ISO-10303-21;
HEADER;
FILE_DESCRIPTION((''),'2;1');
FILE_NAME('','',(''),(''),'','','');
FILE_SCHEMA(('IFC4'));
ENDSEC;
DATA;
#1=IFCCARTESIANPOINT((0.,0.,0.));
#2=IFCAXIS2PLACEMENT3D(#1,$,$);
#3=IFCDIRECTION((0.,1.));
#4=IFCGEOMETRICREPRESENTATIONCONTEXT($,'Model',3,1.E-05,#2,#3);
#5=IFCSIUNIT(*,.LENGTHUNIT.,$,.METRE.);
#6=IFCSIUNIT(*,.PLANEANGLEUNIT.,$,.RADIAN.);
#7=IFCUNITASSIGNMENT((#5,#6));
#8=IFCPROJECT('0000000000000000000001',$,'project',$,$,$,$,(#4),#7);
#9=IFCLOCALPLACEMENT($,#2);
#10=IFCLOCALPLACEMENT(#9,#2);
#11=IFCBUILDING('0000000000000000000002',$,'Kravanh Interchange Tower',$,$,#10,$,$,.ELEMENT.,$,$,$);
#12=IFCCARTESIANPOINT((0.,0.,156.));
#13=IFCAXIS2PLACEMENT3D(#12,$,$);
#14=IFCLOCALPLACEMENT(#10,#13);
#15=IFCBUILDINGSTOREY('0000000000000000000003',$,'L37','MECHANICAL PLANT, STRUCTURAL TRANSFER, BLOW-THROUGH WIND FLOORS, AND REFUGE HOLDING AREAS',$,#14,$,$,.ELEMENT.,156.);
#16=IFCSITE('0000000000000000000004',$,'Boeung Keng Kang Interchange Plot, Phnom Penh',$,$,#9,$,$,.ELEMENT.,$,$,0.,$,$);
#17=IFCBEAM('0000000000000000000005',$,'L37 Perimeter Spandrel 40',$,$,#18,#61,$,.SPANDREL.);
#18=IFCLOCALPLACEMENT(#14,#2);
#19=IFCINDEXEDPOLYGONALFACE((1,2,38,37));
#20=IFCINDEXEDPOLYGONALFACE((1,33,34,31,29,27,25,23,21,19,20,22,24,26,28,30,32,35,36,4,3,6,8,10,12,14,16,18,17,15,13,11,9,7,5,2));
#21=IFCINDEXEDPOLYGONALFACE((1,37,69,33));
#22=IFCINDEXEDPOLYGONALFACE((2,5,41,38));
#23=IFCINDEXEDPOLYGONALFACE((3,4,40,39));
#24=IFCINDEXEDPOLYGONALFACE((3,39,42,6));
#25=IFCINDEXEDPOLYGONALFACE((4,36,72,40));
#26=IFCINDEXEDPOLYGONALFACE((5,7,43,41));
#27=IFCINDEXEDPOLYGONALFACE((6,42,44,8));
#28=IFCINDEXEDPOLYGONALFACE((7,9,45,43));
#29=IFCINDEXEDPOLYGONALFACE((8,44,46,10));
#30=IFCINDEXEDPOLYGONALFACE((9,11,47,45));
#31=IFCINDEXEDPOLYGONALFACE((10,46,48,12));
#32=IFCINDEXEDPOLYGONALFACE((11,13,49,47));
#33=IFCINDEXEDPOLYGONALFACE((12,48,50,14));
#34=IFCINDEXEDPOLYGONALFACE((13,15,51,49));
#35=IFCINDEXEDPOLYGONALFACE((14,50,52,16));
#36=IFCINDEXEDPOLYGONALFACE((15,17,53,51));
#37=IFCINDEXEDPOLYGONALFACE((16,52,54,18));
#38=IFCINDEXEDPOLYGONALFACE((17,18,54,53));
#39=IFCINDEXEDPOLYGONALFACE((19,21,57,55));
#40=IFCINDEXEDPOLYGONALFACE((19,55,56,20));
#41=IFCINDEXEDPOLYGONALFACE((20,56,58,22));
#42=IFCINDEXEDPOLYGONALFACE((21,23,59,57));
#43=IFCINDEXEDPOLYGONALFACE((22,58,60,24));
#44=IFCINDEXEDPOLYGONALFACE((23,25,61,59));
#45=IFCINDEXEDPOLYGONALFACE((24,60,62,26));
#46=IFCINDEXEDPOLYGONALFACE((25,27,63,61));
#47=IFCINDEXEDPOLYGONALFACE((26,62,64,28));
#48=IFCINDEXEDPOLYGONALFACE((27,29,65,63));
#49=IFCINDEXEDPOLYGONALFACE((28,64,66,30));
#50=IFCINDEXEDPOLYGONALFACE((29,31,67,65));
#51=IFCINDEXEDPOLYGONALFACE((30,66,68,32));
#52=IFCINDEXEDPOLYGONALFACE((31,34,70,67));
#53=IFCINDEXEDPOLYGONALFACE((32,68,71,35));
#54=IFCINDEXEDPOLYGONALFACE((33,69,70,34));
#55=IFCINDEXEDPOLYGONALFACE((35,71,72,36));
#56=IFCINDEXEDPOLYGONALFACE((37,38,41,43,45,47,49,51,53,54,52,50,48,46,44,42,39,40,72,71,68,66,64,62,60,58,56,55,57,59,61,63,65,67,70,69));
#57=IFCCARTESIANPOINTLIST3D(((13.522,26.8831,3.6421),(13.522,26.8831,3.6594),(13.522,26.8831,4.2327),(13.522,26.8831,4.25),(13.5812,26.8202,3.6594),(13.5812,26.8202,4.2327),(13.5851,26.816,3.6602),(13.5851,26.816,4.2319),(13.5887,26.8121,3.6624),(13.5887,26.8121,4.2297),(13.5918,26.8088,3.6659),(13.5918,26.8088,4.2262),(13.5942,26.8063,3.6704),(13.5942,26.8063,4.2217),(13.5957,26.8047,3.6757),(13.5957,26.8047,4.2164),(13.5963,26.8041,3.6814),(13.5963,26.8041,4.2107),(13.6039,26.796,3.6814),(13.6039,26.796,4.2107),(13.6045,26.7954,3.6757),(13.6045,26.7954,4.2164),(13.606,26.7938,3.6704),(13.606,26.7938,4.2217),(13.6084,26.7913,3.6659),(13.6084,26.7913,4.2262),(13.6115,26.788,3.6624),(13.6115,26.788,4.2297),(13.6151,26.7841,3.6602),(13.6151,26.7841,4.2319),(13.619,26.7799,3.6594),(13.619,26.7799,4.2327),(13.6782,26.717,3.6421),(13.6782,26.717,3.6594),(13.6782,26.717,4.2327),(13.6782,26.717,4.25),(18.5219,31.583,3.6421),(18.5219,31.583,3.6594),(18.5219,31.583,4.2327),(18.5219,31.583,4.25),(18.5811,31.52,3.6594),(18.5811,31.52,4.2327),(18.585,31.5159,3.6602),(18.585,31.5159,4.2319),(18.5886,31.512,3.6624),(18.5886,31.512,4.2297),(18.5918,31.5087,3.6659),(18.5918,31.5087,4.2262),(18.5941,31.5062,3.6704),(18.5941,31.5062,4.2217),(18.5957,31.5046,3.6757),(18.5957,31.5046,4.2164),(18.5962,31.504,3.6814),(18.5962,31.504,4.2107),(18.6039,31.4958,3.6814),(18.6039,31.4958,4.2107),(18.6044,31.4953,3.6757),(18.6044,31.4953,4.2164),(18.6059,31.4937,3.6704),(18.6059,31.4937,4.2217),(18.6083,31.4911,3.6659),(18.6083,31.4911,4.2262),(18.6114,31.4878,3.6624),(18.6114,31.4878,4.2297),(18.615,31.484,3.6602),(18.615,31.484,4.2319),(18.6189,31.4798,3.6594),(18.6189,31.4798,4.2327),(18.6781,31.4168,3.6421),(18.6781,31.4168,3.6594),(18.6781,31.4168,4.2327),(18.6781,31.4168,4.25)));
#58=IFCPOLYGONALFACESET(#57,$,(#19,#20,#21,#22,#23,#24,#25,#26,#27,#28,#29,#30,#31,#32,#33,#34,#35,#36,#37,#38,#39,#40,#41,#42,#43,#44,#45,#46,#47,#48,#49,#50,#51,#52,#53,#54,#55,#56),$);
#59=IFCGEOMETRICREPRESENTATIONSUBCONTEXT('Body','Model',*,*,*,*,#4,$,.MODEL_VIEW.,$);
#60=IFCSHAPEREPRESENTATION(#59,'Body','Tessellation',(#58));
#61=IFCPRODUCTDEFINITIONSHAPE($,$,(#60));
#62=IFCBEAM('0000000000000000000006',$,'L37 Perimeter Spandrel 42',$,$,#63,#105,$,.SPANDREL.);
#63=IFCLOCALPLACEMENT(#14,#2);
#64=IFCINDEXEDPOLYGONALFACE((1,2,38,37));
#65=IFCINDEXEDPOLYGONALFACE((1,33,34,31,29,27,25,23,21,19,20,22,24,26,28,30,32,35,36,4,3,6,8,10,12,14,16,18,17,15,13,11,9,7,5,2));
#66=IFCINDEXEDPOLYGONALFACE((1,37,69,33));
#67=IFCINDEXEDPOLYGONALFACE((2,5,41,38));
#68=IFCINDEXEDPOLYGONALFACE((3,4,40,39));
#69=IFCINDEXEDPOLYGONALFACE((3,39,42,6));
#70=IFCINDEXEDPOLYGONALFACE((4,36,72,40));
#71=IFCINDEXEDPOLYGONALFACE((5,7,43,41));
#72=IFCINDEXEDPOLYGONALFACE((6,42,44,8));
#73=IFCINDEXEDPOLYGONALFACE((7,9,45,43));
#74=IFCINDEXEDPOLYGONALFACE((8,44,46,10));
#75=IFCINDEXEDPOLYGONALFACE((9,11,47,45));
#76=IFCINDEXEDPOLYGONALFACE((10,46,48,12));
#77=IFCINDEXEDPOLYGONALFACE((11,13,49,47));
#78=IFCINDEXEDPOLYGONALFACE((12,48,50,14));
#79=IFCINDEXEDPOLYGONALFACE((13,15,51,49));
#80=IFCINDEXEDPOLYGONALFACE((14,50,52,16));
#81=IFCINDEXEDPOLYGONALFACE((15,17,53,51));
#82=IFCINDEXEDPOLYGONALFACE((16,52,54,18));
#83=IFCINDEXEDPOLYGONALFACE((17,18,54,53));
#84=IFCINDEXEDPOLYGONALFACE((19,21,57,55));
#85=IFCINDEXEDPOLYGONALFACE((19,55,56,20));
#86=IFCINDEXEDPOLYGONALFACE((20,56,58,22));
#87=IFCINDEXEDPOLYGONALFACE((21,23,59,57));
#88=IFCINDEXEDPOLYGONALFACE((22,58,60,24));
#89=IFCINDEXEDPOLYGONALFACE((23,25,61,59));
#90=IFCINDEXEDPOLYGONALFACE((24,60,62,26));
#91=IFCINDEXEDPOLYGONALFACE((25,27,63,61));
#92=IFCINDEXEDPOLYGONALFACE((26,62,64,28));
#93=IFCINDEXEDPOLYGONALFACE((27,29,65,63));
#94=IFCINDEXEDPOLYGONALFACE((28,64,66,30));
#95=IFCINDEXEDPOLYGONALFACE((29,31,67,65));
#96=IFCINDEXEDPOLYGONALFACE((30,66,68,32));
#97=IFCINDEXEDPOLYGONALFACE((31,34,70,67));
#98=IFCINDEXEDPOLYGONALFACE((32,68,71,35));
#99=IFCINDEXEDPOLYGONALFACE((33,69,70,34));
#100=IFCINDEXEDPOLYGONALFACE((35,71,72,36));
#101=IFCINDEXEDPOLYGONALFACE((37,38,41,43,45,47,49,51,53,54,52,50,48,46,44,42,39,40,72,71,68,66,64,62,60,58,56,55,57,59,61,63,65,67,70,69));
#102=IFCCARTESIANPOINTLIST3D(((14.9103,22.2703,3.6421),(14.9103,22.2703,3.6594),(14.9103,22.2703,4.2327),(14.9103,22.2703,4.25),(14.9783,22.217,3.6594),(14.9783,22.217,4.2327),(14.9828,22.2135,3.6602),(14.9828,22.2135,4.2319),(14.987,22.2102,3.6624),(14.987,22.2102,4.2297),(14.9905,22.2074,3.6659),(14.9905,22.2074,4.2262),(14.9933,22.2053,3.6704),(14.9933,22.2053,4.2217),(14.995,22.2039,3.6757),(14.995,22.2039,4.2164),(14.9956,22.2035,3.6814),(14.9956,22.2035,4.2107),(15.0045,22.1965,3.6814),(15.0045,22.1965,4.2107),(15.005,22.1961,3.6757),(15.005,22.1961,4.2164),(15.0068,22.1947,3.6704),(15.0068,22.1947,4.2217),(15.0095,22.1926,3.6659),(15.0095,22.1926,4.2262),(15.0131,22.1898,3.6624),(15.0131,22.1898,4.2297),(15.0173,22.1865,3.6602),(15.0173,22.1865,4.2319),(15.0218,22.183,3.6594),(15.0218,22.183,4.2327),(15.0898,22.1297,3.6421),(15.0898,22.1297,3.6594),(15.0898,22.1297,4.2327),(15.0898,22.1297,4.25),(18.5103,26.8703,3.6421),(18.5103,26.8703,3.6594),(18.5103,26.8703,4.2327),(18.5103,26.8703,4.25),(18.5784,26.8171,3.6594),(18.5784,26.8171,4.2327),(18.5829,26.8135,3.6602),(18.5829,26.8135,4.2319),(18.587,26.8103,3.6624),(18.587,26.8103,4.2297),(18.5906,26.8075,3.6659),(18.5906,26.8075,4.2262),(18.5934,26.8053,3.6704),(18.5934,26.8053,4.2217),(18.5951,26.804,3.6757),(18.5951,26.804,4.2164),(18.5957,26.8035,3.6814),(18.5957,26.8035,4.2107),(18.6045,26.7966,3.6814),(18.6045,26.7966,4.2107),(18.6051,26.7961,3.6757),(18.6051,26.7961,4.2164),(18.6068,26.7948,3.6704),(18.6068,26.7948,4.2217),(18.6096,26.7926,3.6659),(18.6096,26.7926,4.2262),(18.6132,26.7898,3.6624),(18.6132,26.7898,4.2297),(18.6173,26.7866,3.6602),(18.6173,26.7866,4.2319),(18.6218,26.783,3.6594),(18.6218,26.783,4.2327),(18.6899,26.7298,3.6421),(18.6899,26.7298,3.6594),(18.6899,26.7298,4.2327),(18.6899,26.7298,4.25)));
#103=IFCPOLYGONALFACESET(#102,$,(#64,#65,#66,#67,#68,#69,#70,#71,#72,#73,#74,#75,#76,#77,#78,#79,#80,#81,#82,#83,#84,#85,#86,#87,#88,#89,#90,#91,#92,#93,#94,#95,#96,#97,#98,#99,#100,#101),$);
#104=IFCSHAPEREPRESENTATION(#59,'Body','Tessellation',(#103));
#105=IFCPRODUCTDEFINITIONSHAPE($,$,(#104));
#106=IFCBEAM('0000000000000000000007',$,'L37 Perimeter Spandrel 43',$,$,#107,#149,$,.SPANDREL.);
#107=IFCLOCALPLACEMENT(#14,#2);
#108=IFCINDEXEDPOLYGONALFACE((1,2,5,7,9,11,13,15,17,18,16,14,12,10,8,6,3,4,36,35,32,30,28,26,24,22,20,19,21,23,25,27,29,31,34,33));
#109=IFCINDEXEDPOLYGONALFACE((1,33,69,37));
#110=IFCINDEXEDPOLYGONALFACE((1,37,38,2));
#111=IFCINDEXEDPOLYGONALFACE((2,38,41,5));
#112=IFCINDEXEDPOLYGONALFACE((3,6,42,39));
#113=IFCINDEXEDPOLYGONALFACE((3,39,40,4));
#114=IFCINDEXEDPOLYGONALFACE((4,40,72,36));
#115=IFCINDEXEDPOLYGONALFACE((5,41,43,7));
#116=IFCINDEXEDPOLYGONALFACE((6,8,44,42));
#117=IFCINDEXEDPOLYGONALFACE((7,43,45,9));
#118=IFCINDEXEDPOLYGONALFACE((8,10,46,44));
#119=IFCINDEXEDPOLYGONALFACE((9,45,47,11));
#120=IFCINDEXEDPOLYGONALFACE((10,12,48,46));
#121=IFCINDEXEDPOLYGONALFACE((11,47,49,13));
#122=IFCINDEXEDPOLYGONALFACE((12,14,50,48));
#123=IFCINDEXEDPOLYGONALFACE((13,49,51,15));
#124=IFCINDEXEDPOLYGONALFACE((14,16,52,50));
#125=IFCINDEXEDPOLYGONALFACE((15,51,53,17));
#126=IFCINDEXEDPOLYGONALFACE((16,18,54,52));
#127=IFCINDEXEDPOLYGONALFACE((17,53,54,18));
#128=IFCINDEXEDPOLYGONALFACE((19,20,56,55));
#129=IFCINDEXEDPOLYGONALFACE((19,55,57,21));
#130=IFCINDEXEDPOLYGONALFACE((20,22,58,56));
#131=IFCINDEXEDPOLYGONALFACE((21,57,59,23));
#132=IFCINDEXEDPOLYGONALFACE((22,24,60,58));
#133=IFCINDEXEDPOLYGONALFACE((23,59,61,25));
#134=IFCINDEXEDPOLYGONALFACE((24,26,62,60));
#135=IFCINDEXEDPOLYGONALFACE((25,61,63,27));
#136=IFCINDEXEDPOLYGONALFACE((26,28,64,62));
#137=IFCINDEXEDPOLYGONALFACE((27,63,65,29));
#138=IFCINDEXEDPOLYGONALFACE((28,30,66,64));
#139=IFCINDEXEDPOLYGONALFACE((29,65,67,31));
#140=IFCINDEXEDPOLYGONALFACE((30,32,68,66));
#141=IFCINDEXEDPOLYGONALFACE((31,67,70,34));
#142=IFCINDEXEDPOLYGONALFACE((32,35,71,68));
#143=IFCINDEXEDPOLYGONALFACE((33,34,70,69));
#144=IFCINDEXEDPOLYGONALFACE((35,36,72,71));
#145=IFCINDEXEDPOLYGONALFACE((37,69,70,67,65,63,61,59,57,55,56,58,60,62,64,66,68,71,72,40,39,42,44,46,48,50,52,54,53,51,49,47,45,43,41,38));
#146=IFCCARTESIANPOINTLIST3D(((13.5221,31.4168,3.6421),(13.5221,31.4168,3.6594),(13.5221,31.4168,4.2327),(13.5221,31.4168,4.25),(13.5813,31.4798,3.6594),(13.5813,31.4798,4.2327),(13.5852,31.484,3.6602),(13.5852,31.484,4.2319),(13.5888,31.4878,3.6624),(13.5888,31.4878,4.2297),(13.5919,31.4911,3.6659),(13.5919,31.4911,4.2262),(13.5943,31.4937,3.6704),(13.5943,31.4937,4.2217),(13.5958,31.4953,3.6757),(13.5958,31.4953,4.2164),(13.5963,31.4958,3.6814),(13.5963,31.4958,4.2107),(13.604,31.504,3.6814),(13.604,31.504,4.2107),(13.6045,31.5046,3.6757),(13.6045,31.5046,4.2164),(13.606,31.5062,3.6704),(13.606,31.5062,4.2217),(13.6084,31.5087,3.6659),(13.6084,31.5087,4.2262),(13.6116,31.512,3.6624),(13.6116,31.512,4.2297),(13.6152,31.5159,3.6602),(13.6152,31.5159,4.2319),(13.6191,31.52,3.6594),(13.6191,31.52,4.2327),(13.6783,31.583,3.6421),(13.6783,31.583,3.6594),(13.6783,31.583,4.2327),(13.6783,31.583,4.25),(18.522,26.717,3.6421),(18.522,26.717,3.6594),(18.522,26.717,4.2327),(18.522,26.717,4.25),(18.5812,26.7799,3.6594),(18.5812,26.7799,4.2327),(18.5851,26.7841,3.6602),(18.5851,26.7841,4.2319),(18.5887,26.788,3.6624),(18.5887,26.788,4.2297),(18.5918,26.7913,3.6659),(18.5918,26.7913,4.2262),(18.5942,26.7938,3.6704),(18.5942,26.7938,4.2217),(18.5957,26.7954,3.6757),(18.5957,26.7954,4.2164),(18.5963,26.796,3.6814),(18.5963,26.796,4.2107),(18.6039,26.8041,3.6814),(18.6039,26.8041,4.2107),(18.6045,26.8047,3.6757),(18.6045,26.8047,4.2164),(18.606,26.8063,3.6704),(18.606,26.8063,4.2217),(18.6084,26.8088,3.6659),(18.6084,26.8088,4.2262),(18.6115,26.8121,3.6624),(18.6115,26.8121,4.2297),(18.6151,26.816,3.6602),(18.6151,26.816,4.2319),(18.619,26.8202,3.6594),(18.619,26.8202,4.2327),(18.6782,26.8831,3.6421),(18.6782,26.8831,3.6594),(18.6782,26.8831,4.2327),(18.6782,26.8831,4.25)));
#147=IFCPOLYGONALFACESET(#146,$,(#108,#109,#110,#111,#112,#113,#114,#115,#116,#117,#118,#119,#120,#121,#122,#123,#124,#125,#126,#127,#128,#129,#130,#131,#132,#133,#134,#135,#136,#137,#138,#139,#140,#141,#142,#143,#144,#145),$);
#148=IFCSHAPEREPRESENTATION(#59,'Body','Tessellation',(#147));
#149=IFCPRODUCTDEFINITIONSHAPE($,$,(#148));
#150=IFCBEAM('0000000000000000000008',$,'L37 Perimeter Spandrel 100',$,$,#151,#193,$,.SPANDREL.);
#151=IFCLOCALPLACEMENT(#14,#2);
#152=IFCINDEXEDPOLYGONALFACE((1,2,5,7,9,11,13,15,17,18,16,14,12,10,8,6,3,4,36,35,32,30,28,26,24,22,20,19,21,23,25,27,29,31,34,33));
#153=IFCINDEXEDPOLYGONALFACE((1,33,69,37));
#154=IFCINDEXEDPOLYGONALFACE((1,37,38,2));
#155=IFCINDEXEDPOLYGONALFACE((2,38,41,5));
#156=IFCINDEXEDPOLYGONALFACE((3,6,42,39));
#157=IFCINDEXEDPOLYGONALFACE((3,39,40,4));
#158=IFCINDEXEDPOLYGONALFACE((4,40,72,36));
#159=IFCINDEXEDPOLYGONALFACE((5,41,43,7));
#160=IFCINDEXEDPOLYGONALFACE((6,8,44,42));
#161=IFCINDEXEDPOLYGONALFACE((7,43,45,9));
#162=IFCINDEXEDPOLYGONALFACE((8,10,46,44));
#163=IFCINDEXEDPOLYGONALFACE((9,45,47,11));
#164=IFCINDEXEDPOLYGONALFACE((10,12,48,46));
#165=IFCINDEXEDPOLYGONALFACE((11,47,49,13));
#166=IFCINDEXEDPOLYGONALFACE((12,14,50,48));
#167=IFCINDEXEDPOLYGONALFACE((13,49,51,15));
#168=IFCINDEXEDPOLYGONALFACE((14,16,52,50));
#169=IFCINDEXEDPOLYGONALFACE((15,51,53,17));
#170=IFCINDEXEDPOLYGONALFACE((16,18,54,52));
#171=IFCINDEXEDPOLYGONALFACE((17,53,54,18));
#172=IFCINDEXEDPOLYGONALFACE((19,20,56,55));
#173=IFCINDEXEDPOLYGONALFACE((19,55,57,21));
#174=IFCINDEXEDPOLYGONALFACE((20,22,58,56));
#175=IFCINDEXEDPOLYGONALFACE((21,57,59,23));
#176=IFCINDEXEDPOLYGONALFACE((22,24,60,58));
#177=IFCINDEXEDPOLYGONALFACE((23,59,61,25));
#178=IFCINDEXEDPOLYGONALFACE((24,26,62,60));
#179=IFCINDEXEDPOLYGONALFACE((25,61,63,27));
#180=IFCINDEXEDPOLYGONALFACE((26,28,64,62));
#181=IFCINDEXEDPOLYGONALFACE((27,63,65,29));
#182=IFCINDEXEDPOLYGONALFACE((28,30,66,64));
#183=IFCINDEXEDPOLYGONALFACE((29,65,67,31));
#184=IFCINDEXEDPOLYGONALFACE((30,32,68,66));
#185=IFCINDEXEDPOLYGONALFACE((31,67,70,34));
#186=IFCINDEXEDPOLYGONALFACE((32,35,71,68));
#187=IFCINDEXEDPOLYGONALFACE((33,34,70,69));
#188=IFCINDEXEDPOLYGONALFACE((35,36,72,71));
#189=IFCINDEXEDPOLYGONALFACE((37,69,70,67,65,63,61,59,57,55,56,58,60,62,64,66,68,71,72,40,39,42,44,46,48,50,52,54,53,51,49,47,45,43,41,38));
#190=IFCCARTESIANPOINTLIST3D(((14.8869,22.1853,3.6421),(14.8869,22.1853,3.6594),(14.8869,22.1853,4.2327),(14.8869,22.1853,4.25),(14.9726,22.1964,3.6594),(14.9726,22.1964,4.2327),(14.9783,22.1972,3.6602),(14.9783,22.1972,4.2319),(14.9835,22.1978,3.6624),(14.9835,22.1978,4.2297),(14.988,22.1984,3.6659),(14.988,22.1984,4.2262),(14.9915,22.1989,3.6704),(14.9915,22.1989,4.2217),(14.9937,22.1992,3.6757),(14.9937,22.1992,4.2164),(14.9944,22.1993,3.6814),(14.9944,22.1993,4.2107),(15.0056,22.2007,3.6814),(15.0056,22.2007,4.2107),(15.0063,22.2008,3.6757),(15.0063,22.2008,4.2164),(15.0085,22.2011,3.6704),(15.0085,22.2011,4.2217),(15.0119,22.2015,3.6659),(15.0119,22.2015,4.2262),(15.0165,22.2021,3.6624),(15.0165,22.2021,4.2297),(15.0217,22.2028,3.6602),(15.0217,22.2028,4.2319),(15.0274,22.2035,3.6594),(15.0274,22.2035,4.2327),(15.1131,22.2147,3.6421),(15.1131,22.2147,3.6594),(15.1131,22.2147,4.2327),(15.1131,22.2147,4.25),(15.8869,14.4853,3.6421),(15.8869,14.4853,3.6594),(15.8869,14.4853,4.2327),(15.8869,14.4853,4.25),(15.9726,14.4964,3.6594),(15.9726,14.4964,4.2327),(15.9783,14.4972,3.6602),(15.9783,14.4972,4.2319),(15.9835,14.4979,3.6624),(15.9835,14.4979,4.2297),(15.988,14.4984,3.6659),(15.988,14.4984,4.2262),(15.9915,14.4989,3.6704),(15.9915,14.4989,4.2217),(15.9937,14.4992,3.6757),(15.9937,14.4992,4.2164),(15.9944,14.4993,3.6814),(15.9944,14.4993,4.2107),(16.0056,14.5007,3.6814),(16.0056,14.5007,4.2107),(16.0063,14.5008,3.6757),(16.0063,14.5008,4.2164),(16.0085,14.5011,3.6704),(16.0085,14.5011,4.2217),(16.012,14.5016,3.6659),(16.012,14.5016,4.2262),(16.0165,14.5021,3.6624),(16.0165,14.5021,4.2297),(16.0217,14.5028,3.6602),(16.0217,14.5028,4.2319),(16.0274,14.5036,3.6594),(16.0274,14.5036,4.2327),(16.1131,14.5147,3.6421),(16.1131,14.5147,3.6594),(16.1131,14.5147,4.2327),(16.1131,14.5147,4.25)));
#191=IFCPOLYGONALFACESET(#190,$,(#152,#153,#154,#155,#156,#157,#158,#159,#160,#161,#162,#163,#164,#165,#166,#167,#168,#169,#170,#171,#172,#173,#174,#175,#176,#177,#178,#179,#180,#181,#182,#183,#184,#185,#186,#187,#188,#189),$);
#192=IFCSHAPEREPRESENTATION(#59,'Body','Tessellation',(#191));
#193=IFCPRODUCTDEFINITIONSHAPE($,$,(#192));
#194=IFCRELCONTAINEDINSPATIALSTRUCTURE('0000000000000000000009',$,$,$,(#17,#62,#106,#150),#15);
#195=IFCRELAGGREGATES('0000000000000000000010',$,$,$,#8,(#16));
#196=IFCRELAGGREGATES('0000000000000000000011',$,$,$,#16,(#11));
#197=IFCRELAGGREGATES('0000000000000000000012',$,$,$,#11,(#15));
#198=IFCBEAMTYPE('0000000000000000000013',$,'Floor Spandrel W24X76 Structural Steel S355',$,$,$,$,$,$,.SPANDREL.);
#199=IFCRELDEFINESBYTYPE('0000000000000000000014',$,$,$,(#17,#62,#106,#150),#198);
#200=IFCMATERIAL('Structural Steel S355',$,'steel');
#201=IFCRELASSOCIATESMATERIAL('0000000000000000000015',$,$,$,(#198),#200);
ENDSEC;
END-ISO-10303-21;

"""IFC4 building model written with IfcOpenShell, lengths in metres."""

from ifc_helpers import new_model, si_unit, direction, frame, origin, origin_2d, place, context, subcontext, project, spatial, i_section, extrude, material, material_profile, profile_set, type_object, element, save


model = new_model("IFC4")

# Units and contexts
model_context = context("Model", 3, precision=1e-05, world=origin(), true_north=direction((0.0, 1.0)))
body_context = subcontext(model_context, "Body", "Model", "MODEL_VIEW")
ifc_project = project(units=[si_unit("LENGTHUNIT", "METRE"), si_unit("PLANEANGLEUNIT", "RADIAN")], contexts=[model_context])

# Site, building, storey
site_placement = place(None, origin())
site = spatial("IfcSite", under=ifc_project, at=site_placement, Name="Boeung Keng Kang Interchange Plot, Phnom Penh", CompositionType="ELEMENT", RefElevation=0.0)
building_placement = place(site_placement, origin())
building = spatial("IfcBuilding", under=site, at=building_placement, Name="Kravanh Interchange Tower", CompositionType="ELEMENT")
storey_placement = place(building_placement, frame((0.0, 0.0, 156.0)))
storey = spatial("IfcBuildingStorey", under=building, at=storey_placement, Name="L37", Description="MECHANICAL PLANT, STRUCTURAL TRANSFER, BLOW-THROUGH WIND FLOORS, AND REFUGE HOLDING AREAS", CompositionType="ELEMENT", Elevation=156.0)

# Beams
ifc_material_1 = material(Name="Structural Steel S355", Category="steel")
ifc_material_profile_1 = material_profile(ifc_material_1, i_section(OverallWidth=0.228, OverallDepth=0.6079, WebThickness=0.0112, FlangeThickness=0.0173, FilletRadius=0.022, at=origin_2d()), Name="W24X76")
ifc_profile_set_1 = profile_set([ifc_material_profile_1], Name="Structural Steel S355")
beam_type_1 = type_object("IfcBeamType", Name="Floor Spandrel W24X76 Structural Steel S355", PredefinedType="SPANDREL", material=ifc_profile_set_1)
beam_1_placement = place(storey_placement, frame((13.6001, 26.8, 3.946), z_axis=(0.728631, 0.684906, 0.0), x_axis=(-0.684906, 0.728631, 0.0)))
element("IfcBeam", 1, at=beam_1_placement, inside=storey, type_object=beam_type_1, Name="L37 Perimeter Spandrel 40", PredefinedType="SPANDREL", context=body_context, shape_type="SweptSolid", body=[
    extrude(i_section(OverallWidth=0.228, OverallDepth=0.6079, WebThickness=0.0112, FlangeThickness=0.0173, FilletRadius=0.022, at=origin_2d()), origin(), (0.0, 0.0, 1.0), 6.8621),
])
beam_2_placement = place(storey_placement, frame((18.6001, 26.8, 3.946), z_axis=(-0.616311, -0.787503, 0.0), x_axis=(0.787503, -0.616311, 0.0)))
element("IfcBeam", 2, at=beam_2_placement, inside=storey, type_object=beam_type_1, Name="L37 Perimeter Spandrel 42", PredefinedType="SPANDREL", context=body_context, shape_type="SweptSolid", body=[
    extrude(i_section(OverallWidth=0.228, OverallDepth=0.6079, WebThickness=0.0112, FlangeThickness=0.0173, FilletRadius=0.022, at=origin_2d()), origin(), (0.0, 0.0, 1.0), 5.8413),
])
beam_3_placement = place(storey_placement, frame((18.6001, 26.8, 3.946), z_axis=(-0.728631, 0.684906, 0.0), x_axis=(-0.684906, -0.728631, 0.0)))
element("IfcBeam", 3, at=beam_3_placement, inside=storey, type_object=beam_type_1, Name="L37 Perimeter Spandrel 43", PredefinedType="SPANDREL", context=body_context, shape_type="SweptSolid", body=[
    extrude(i_section(OverallWidth=0.228, OverallDepth=0.6079, WebThickness=0.0112, FlangeThickness=0.0173, FilletRadius=0.022, at=origin_2d()), origin(), (0.0, 0.0, 1.0), 6.8621),
])
beam_4_placement = place(storey_placement, frame((16.0, 14.5, 3.946), z_axis=(-0.128789, 0.991672, 0.0), x_axis=(-0.991672, -0.128789, 0.0)))
element("IfcBeam", 4, at=beam_4_placement, inside=storey, type_object=beam_type_1, Name="L37 Perimeter Spandrel 100", PredefinedType="SPANDREL", context=body_context, shape_type="SweptSolid", body=[
    extrude(i_section(OverallWidth=0.228, OverallDepth=0.6079, WebThickness=0.0112, FlangeThickness=0.0173, FilletRadius=0.022, at=origin_2d()), origin(), (0.0, 0.0, 1.0), 7.7646),
])

save(model, "model.ifc")
